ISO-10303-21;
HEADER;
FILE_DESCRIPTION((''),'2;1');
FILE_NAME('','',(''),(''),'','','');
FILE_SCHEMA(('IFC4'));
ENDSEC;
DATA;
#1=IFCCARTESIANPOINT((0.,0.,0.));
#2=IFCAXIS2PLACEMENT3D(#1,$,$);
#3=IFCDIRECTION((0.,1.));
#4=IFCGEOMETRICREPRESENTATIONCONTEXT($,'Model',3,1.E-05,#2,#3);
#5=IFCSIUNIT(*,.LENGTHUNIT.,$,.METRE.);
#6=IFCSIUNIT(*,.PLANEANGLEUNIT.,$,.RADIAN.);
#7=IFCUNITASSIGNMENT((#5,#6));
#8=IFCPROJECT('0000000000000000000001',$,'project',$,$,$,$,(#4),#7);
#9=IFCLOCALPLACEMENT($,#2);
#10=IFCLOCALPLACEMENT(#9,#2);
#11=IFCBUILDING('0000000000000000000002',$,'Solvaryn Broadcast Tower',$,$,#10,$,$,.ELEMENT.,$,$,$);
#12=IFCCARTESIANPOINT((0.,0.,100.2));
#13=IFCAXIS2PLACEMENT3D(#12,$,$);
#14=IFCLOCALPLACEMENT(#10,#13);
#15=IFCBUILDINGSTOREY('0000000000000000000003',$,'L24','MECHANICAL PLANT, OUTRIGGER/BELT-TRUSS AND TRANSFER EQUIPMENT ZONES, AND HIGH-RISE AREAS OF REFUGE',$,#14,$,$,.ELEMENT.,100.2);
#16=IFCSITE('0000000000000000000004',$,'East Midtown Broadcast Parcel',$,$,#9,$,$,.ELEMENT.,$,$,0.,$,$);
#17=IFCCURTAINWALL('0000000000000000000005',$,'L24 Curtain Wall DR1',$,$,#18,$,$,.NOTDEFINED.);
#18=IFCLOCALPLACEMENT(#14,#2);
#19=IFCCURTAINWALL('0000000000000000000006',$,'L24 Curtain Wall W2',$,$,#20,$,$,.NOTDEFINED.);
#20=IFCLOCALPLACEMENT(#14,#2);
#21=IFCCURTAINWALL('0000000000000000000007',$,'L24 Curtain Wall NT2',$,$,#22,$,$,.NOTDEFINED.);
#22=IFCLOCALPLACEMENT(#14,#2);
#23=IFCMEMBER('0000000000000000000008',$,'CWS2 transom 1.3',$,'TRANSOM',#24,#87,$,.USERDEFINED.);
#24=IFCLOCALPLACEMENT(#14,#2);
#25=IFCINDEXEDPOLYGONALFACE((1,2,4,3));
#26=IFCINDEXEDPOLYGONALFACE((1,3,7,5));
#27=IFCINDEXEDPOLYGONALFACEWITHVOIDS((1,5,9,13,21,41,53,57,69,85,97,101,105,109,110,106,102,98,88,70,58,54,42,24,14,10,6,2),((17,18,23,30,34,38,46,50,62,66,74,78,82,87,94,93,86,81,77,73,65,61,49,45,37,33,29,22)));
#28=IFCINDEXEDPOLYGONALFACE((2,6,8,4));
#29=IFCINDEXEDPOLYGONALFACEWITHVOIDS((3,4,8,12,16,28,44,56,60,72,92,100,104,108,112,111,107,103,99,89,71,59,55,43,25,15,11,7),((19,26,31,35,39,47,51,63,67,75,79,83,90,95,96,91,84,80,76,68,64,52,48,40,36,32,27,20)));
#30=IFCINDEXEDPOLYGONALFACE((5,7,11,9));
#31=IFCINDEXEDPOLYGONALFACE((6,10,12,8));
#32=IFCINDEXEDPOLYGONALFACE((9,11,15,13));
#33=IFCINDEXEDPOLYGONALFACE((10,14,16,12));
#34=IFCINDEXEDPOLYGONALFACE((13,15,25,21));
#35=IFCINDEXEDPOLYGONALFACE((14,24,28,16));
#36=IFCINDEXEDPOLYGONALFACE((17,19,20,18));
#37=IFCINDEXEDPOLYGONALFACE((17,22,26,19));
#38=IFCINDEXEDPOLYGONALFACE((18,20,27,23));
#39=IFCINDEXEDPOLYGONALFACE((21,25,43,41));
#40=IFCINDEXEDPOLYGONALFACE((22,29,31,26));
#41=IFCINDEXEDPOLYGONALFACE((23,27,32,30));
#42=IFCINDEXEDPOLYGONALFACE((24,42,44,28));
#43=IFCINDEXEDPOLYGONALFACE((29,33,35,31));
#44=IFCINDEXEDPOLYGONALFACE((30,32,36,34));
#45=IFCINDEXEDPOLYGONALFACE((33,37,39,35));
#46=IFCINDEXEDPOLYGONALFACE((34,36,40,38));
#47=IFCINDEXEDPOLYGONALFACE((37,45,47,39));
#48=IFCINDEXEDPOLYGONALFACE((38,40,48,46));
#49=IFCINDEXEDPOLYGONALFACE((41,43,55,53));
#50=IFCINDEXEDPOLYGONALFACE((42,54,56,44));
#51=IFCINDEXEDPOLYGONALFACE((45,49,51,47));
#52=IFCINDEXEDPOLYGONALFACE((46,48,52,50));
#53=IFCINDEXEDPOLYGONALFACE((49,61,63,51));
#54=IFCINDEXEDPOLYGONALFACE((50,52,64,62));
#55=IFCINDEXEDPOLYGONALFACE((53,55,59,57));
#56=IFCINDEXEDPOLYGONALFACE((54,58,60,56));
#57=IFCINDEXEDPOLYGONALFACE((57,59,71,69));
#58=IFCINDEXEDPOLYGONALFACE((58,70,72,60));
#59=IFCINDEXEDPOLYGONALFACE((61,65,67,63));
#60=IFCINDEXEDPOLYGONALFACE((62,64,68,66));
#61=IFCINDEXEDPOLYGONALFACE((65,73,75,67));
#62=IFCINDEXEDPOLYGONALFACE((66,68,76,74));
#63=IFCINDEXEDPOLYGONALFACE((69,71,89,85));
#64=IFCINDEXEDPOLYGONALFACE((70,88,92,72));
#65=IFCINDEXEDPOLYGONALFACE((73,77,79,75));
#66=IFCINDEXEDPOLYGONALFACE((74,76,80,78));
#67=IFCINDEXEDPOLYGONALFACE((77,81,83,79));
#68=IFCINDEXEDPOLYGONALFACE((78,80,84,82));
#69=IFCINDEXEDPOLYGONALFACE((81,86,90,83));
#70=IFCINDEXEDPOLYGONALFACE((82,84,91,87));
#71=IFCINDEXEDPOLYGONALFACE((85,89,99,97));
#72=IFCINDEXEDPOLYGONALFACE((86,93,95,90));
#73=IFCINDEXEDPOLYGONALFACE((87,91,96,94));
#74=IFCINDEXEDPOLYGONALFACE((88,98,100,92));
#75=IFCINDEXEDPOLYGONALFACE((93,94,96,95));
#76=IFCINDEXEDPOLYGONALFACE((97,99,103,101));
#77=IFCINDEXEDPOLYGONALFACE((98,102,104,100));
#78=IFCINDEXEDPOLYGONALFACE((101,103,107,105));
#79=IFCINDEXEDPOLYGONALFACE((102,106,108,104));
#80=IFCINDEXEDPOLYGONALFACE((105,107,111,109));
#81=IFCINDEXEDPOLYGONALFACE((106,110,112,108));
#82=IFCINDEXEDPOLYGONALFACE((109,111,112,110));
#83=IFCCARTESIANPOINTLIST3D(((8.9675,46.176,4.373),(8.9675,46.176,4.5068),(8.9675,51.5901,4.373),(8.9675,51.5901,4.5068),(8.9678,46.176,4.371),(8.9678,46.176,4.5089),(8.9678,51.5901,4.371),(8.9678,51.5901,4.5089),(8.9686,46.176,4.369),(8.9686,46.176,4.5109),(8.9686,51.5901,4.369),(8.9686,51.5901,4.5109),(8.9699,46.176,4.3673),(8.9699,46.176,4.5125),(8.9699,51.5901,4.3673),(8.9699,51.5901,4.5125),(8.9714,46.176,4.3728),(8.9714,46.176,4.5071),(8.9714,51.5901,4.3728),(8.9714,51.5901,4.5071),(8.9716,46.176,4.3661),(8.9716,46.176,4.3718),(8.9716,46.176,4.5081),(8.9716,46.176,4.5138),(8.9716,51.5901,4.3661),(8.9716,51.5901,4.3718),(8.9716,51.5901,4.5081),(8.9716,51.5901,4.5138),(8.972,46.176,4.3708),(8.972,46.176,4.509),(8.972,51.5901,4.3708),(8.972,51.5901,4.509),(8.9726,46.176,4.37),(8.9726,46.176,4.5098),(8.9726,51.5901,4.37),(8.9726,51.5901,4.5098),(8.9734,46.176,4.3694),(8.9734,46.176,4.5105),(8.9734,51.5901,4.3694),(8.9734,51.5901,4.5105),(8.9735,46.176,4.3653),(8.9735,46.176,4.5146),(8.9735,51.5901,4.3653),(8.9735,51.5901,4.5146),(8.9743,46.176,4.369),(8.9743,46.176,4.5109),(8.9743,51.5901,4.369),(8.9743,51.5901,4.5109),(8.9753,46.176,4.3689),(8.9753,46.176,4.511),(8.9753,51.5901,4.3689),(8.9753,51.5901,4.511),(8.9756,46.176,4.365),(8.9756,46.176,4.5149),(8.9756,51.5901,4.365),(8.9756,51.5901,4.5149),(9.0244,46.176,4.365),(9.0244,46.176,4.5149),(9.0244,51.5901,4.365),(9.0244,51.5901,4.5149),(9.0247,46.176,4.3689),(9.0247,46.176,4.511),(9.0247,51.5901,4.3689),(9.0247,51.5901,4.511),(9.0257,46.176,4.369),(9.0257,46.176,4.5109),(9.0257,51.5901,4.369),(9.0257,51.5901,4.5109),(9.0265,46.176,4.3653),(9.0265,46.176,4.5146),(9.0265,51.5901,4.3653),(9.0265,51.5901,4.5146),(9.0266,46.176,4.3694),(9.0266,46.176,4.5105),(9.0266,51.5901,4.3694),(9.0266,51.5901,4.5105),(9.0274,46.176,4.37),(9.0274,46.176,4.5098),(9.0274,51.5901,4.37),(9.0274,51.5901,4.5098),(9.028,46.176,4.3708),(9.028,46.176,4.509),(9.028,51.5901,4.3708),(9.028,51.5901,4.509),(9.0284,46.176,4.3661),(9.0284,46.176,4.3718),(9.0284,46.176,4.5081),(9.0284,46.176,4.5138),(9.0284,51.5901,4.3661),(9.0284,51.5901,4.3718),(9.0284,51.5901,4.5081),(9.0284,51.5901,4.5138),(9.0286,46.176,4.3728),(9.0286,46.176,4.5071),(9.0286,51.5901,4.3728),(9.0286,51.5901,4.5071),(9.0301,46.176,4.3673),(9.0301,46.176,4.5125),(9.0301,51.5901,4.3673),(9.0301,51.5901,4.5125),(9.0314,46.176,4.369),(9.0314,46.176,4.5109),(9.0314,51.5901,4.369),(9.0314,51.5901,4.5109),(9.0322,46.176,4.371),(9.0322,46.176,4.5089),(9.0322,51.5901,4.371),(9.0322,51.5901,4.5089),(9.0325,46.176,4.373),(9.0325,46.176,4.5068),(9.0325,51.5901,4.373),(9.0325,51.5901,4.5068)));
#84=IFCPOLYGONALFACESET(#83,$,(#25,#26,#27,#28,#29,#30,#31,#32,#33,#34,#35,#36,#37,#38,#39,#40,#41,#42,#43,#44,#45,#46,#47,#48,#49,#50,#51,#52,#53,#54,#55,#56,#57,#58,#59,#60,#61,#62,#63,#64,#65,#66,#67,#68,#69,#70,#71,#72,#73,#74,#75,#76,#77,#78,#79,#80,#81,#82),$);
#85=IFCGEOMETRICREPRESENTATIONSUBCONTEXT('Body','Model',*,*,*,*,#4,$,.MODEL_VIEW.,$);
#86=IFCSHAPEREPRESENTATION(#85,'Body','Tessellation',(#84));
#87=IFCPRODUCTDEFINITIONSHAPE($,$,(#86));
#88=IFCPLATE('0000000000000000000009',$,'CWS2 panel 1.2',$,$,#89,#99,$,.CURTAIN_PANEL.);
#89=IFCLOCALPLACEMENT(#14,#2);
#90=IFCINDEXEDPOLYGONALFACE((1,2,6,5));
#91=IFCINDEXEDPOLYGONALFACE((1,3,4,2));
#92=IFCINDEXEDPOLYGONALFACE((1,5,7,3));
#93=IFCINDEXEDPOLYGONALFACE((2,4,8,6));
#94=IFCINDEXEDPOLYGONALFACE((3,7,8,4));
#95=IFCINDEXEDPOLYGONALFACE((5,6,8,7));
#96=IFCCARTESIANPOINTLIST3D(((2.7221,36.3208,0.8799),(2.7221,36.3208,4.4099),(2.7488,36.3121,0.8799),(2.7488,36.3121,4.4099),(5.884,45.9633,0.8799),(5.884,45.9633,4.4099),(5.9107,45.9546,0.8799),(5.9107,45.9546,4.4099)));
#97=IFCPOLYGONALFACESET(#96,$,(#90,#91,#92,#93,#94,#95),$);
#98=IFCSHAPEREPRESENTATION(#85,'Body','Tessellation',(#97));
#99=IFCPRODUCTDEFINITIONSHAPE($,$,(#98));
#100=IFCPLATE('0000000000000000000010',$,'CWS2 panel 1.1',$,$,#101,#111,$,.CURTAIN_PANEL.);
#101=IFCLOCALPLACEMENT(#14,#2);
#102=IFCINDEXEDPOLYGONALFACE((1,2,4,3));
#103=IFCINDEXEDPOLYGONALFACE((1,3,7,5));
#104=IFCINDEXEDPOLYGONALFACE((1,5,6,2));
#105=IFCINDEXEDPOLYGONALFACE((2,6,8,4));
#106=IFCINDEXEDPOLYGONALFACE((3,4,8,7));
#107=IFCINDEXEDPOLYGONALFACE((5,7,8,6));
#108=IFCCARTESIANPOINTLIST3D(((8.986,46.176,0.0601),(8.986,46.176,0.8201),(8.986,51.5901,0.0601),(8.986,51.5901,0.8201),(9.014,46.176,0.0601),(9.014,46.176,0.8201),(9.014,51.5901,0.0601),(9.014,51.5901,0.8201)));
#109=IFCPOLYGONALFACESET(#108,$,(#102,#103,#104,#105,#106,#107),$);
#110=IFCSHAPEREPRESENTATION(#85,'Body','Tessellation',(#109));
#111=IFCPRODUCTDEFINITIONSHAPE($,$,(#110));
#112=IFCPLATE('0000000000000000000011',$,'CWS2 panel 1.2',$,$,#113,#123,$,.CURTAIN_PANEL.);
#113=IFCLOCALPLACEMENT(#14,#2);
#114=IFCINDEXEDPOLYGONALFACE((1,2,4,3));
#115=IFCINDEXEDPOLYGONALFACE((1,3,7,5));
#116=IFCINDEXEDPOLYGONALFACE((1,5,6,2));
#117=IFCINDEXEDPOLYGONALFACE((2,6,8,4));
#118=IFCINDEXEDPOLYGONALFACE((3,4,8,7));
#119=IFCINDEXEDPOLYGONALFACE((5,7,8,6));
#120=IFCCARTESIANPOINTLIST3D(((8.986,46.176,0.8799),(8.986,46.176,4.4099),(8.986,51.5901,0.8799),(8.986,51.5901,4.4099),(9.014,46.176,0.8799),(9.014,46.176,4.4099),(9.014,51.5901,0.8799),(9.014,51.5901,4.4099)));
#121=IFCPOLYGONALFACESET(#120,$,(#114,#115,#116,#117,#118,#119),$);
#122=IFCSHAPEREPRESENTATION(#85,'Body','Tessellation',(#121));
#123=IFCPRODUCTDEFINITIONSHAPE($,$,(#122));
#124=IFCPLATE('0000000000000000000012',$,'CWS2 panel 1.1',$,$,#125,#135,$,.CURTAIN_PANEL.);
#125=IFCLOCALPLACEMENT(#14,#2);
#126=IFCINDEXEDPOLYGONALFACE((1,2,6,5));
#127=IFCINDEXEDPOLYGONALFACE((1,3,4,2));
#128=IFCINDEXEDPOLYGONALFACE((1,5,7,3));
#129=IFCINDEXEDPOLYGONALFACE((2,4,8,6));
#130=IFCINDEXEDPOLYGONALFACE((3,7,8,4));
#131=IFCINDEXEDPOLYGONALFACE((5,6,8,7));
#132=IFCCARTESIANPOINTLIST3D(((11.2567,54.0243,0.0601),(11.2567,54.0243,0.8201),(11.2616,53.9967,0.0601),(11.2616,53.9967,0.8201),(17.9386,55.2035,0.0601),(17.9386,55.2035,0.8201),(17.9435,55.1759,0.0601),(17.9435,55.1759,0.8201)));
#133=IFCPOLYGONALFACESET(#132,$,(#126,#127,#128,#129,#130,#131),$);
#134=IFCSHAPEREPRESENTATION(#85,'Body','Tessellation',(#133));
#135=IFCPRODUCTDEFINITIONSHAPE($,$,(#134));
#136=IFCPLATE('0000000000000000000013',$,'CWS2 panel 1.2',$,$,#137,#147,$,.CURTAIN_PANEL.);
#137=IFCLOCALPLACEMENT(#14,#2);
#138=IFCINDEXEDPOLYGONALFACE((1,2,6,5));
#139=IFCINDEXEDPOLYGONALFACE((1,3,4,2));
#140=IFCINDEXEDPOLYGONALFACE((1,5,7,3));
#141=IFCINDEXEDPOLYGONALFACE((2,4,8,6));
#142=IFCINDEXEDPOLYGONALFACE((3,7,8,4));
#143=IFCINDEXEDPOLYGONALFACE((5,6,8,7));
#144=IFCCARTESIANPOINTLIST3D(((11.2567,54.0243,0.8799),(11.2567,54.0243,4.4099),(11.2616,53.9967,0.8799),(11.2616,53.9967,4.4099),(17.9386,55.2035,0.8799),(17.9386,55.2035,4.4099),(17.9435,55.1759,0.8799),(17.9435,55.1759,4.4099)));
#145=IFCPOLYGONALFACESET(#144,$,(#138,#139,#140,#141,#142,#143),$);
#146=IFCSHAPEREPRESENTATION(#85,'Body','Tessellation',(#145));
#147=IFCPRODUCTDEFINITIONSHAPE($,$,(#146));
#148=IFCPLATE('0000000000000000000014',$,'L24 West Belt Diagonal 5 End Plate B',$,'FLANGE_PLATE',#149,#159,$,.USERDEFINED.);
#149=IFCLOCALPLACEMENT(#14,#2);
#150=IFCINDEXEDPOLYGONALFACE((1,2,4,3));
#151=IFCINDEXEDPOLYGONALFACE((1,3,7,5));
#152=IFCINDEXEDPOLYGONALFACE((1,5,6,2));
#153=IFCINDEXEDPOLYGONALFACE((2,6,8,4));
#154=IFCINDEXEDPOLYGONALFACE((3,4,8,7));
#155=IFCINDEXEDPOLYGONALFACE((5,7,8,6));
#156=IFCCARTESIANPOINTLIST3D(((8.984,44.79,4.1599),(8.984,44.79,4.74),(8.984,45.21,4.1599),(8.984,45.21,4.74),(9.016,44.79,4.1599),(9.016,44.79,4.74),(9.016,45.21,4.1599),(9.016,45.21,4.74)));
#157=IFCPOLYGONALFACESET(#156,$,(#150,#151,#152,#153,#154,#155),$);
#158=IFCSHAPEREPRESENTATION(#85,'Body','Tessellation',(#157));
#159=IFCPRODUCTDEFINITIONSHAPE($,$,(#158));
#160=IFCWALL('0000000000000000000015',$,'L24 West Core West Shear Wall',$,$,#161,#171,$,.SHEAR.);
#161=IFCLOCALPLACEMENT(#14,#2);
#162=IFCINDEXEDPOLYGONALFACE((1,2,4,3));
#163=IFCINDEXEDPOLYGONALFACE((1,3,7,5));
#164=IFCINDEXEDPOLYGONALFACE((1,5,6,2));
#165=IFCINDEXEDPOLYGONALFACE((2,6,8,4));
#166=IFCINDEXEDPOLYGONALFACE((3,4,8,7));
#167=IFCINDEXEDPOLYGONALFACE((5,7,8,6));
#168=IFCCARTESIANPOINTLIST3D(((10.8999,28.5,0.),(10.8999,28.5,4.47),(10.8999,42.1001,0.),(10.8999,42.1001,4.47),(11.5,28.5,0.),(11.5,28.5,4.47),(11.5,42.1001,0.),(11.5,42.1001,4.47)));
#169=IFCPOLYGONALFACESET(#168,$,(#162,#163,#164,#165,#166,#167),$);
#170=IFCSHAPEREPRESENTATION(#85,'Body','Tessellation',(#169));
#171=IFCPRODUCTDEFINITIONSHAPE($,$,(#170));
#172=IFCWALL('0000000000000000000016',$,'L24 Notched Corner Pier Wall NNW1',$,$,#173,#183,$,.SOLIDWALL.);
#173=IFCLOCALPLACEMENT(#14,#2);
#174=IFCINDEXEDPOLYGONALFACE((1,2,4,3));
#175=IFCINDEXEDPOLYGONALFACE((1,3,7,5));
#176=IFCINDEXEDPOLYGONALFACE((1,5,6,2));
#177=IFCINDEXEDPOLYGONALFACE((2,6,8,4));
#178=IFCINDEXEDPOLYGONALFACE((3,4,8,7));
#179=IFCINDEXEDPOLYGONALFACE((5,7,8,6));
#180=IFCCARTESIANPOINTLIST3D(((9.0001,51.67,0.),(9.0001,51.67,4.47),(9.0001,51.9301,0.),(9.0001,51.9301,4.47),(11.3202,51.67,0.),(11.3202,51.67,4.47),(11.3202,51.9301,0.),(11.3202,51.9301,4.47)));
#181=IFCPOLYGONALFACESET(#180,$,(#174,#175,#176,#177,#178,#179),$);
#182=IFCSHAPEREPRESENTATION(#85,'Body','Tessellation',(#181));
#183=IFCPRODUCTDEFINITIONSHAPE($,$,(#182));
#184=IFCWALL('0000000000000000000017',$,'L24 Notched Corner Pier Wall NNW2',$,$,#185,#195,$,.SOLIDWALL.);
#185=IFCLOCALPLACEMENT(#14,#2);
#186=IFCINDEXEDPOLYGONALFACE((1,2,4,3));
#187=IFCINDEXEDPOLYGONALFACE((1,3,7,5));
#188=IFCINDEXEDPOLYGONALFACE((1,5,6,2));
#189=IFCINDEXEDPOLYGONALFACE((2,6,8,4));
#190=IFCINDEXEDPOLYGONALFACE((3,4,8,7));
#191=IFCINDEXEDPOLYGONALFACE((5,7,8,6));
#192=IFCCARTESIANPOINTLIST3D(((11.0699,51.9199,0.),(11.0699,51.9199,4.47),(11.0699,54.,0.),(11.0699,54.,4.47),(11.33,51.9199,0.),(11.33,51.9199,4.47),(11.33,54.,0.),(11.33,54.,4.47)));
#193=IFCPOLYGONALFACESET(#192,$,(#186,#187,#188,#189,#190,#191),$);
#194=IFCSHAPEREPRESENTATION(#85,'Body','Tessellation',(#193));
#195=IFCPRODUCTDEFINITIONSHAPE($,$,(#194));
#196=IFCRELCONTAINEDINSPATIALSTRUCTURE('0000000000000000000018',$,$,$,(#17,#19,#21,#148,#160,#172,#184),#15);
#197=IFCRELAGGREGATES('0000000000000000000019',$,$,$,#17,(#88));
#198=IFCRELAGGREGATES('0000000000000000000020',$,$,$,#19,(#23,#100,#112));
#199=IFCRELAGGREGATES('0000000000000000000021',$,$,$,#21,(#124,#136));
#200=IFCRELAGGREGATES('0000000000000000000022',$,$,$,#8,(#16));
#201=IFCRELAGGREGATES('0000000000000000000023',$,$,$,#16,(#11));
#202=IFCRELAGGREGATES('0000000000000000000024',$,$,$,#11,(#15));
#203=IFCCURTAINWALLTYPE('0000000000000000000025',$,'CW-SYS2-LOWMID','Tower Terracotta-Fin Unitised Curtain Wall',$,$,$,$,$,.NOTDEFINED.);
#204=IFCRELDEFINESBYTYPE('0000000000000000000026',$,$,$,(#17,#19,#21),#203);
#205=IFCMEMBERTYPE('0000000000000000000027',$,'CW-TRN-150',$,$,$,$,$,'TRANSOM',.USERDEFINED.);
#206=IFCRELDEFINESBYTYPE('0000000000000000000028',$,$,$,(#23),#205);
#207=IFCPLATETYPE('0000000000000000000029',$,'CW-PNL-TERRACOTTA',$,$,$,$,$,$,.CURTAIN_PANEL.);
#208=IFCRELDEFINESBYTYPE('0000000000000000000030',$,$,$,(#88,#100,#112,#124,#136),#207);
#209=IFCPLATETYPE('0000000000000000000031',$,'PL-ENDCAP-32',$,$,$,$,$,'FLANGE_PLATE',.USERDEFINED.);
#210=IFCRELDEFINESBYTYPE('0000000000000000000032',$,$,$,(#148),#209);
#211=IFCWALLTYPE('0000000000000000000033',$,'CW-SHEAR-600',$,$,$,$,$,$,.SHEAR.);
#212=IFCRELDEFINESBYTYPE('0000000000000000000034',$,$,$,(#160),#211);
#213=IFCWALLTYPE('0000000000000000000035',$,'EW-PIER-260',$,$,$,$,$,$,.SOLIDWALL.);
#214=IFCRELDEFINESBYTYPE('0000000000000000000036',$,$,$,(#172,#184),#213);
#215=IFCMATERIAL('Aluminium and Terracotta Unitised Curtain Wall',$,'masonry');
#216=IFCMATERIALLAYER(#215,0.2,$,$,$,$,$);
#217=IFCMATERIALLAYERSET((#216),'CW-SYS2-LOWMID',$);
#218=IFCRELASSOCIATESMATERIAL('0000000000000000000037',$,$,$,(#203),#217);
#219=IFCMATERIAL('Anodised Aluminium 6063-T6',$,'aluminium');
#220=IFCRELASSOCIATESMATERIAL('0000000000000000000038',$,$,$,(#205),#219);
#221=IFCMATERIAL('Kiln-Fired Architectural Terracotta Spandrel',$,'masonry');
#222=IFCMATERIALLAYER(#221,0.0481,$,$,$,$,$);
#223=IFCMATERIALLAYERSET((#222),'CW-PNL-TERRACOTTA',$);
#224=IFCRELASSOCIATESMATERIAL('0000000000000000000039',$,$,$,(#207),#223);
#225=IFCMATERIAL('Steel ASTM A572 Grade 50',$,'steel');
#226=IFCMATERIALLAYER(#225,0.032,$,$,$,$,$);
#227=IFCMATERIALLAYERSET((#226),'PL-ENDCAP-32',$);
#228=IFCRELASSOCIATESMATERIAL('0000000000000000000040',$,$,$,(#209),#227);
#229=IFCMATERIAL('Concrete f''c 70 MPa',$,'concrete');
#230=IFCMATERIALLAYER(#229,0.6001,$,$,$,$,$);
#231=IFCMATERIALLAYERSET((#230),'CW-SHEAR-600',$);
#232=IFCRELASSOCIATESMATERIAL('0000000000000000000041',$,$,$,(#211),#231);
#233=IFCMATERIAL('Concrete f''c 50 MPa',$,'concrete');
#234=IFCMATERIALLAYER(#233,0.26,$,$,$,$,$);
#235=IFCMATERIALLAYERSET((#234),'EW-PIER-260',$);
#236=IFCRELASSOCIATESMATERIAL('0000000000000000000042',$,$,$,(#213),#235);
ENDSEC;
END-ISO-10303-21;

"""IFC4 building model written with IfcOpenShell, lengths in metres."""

from ifc_helpers import new_model, si_unit, direction, frame, frame_2d, origin, origin_2d, place, context, subcontext, project, spatial, rectangle, hollow_rectangle, extrude, material, layer, layer_set, material_profile, profile_set, type_object, element, aggregate, save


model = new_model("IFC4")

# Units and contexts
model_context = context("Model", 3, precision=1e-05, world=origin(), true_north=direction((0.0, 1.0)))
body_context = subcontext(model_context, "Body", "Model", "MODEL_VIEW")
ifc_project = project(units=[si_unit("LENGTHUNIT", "METRE"), si_unit("PLANEANGLEUNIT", "RADIAN")], contexts=[model_context])

# Site, building, storey
site_placement = place(None, origin())
site = spatial("IfcSite", under=ifc_project, at=site_placement, Name="East Midtown Broadcast Parcel", CompositionType="ELEMENT", RefElevation=0.0)
building_placement = place(site_placement, origin())
building = spatial("IfcBuilding", under=site, at=building_placement, Name="Solvaryn Broadcast Tower", CompositionType="ELEMENT")
storey_placement = place(building_placement, frame((0.0, 0.0, 100.2)))
storey = spatial("IfcBuildingStorey", under=building, at=storey_placement, Name="L24", Description="MECHANICAL PLANT, OUTRIGGER/BELT-TRUSS AND TRANSFER EQUIPMENT ZONES, AND HIGH-RISE AREAS OF REFUGE", CompositionType="ELEMENT", Elevation=100.2)

# Curtain wall
ifc_material_1 = material(Name="Aluminium and Terracotta Unitised Curtain Wall", Category="masonry")
ifc_layer_1 = layer(ifc_material_1, 0.2)
ifc_layer_set_1 = layer_set([ifc_layer_1], Name="CW-SYS2-LOWMID")
curtain_wall_type = type_object("IfcCurtainWallType", Name="CW-SYS2-LOWMID", Description="Tower Terracotta-Fin Unitised Curtain Wall", PredefinedType="NOTDEFINED", material=ifc_layer_set_1)
curtain_wall_1_placement = place(storey_placement, origin())
curtain_wall_1 = element("IfcCurtainWall", 1, at=curtain_wall_1_placement, inside=storey, type_object=curtain_wall_type, Name="L24 Curtain Wall DR1", PredefinedType="NOTDEFINED")

# Curtain wall
curtain_wall_2_placement = place(storey_placement, origin())
curtain_wall_2 = element("IfcCurtainWall", 2, at=curtain_wall_2_placement, inside=storey, type_object=curtain_wall_type, Name="L24 Curtain Wall W2", PredefinedType="NOTDEFINED")

# Curtain wall
curtain_wall_3_placement = place(storey_placement, origin())
curtain_wall_3 = element("IfcCurtainWall", 3, at=curtain_wall_3_placement, inside=storey, type_object=curtain_wall_type, Name="L24 Curtain Wall NT2", PredefinedType="NOTDEFINED")

# Member
ifc_material_2 = material(Name="Anodised Aluminium 6063-T6", Category="aluminium")
ifc_material_profile_1 = material_profile(ifc_material_2, hollow_rectangle(XDim=0.0649, YDim=0.1499, WallThickness=0.0039, InnerFilletRadius=0.0039, OuterFilletRadius=0.0081, at=origin_2d()))
ifc_profile_set_1 = profile_set([ifc_material_profile_1], Name="Anodised Aluminium 6063-T6")
member_type_1 = type_object("IfcMemberType", Name="CW-TRN-150", ElementType="TRANSOM", PredefinedType="USERDEFINED", material=ifc_profile_set_1)
member_1_placement = place(storey_placement, frame((9.0, 46.176, 4.4399), z_axis=(0.0, 1.0, 0.0), x_axis=(-1.0, 0.0, 0.0)))
member_1 = element("IfcMember", 4, at=member_1_placement, type_object=member_type_1, Name="CWS2 transom 1.3", ObjectType="TRANSOM", PredefinedType="USERDEFINED", context=body_context, shape_type="SweptSolid", body=[
    extrude(hollow_rectangle(XDim=0.0649, YDim=0.1499, WallThickness=0.0039, InnerFilletRadius=0.0039, OuterFilletRadius=0.0081, at=origin_2d()), origin(), (0.0, 0.0, 1.0), 5.4141),
])

# Plates
ifc_material_3 = material(Name="Kiln-Fired Architectural Terracotta Spandrel", Category="masonry")
ifc_layer_2 = layer(ifc_material_3, 0.0481)
ifc_layer_set_2 = layer_set([ifc_layer_2], Name="CW-PNL-TERRACOTTA")
plate_type_1 = type_object("IfcPlateType", Name="CW-PNL-TERRACOTTA", PredefinedType="CURTAIN_PANEL", material=ifc_layer_set_2)
plate_1_placement = place(storey_placement, frame((4.3164, 41.1377, 0.8799), z_axis=(0.0, 0.0, 1.0), x_axis=(-0.311594, -0.950215, 0.0)))
plate_1 = element("IfcPlate", 5, at=plate_1_placement, type_object=plate_type_1, Name="CWS2 panel 1.2", PredefinedType="CURTAIN_PANEL", context=body_context, shape_type="SweptSolid", body=[
    extrude(rectangle(XDim=10.1477, YDim=0.0281, at=origin_2d()), origin(), (0.0, 0.0, 1.0), 3.53),
])
aggregate(curtain_wall_1, [plate_1])
plate_2_placement = place(storey_placement, frame((9.0, 48.8831, 0.0601), z_axis=(0.0, 0.0, 1.0), x_axis=(0.0, 1.0, 0.0)))
plate_2 = element("IfcPlate", 6, at=plate_2_placement, type_object=plate_type_1, Name="CWS2 panel 1.1", PredefinedType="CURTAIN_PANEL", context=body_context, shape_type="SweptSolid", body=[
    extrude(rectangle(XDim=5.4141, YDim=0.0281, at=origin_2d()), origin(), (0.0, 0.0, 1.0), 0.76),
])
plate_3_placement = place(storey_placement, frame((9.0, 48.8831, 0.8799), z_axis=(0.0, 0.0, 1.0), x_axis=(0.0, 1.0, 0.0)))
plate_3 = element("IfcPlate", 7, at=plate_3_placement, type_object=plate_type_1, Name="CWS2 panel 1.2", PredefinedType="CURTAIN_PANEL", context=body_context, shape_type="SweptSolid", body=[
    extrude(rectangle(XDim=5.4141, YDim=0.0281, at=origin_2d()), origin(), (0.0, 0.0, 1.0), 3.53),
])
aggregate(curtain_wall_2, [member_1, plate_2, plate_3])
plate_4_placement = place(storey_placement, frame((14.6001, 54.6001, 0.0601), z_axis=(0.0, 0.0, 1.0), x_axis=(-0.984784, -0.173785, 0.0)))
plate_4 = element("IfcPlate", 8, at=plate_4_placement, type_object=plate_type_1, Name="CWS2 panel 1.1", PredefinedType="CURTAIN_PANEL", context=body_context, shape_type="SweptSolid", body=[
    extrude(rectangle(XDim=6.7852, YDim=0.0281, at=origin_2d()), origin(), (0.0, 0.0, 1.0), 0.76),
])
plate_5_placement = place(storey_placement, frame((14.6001, 54.6001, 0.8799), z_axis=(0.0, 0.0, 1.0), x_axis=(-0.984784, -0.173785, 0.0)))
plate_5 = element("IfcPlate", 9, at=plate_5_placement, type_object=plate_type_1, Name="CWS2 panel 1.2", PredefinedType="CURTAIN_PANEL", context=body_context, shape_type="SweptSolid", body=[
    extrude(rectangle(XDim=6.7852, YDim=0.0281, at=origin_2d()), origin(), (0.0, 0.0, 1.0), 3.53),
])
aggregate(curtain_wall_3, [plate_4, plate_5])
ifc_material_4 = material(Name="Steel ASTM A572 Grade 50", Category="steel")
ifc_layer_3 = layer(ifc_material_4, 0.032)
ifc_layer_set_3 = layer_set([ifc_layer_3], Name="PL-ENDCAP-32")
plate_type_2 = type_object("IfcPlateType", Name="PL-ENDCAP-32", ElementType="FLANGE_PLATE", PredefinedType="USERDEFINED", material=ifc_layer_set_3)
plate_6_placement = place(storey_placement, frame((9.0, 45.0, 4.1599), z_axis=(0.0, 0.0, 1.0), x_axis=(1.0, 0.0, 0.0)))
element("IfcPlate", 10, at=plate_6_placement, inside=storey, type_object=plate_type_2, Name="L24 West Belt Diagonal 5 End Plate B", ObjectType="FLANGE_PLATE", PredefinedType="USERDEFINED", context=body_context, shape_type="SweptSolid", body=[
    extrude(rectangle(XDim=0.032, YDim=0.4199, at=origin_2d()), origin(), (0.0, 0.0, 1.0), 0.5801),
])

# Walls
ifc_material_5 = material(Name="Concrete f'c 70 MPa", Category="concrete")
ifc_layer_4 = layer(ifc_material_5, 0.6001)
ifc_layer_set_4 = layer_set([ifc_layer_4], Name="CW-SHEAR-600")
wall_type_1 = type_object("IfcWallType", Name="CW-SHEAR-600", PredefinedType="SHEAR", material=ifc_layer_set_4)
wall_1_placement = place(storey_placement, frame((11.2, 42.1001, 0.0), z_axis=(0.0, 0.0, 1.0), x_axis=(0.0, -1.0, 0.0)))
element("IfcWall", 11, at=wall_1_placement, inside=storey, type_object=wall_type_1, Name="L24 West Core West Shear Wall", PredefinedType="SHEAR", context=body_context, shape_type="SweptSolid", body=[
    extrude(rectangle(XDim=13.6001, YDim=0.6001, at=frame_2d((6.8, 0.0))), origin(), (0.0, 0.0, 1.0), 4.47),
])
ifc_material_6 = material(Name="Concrete f'c 50 MPa", Category="concrete")
ifc_layer_5 = layer(ifc_material_6, 0.26)
ifc_layer_set_5 = layer_set([ifc_layer_5], Name="EW-PIER-260")
wall_type_2 = type_object("IfcWallType", Name="EW-PIER-260", PredefinedType="SOLIDWALL", material=ifc_layer_set_5)
wall_2_placement = place(storey_placement, frame((9.0, 51.8, 0.0), z_axis=(0.0, 0.0, 1.0), x_axis=(1.0, 0.0, 0.0)))
element("IfcWall", 12, at=wall_2_placement, inside=storey, type_object=wall_type_2, Name="L24 Notched Corner Pier Wall NNW1", PredefinedType="SOLIDWALL", context=body_context, shape_type="SweptSolid", body=[
    extrude(rectangle(XDim=2.3201, YDim=0.26, at=frame_2d((1.1602, 0.0))), origin(), (0.0, 0.0, 1.0), 4.47),
])
wall_3_placement = place(storey_placement, frame((11.2, 51.9199, 0.0), z_axis=(0.0, 0.0, 1.0), x_axis=(0.0, 1.0, 0.0)))
element("IfcWall", 13, at=wall_3_placement, inside=storey, type_object=wall_type_2, Name="L24 Notched Corner Pier Wall NNW2", PredefinedType="SOLIDWALL", context=body_context, shape_type="SweptSolid", body=[
    extrude(rectangle(XDim=2.0801, YDim=0.26, at=frame_2d((1.04, 0.0))), origin(), (0.0, 0.0, 1.0), 4.47),
])

save(model, "model.ifc")
